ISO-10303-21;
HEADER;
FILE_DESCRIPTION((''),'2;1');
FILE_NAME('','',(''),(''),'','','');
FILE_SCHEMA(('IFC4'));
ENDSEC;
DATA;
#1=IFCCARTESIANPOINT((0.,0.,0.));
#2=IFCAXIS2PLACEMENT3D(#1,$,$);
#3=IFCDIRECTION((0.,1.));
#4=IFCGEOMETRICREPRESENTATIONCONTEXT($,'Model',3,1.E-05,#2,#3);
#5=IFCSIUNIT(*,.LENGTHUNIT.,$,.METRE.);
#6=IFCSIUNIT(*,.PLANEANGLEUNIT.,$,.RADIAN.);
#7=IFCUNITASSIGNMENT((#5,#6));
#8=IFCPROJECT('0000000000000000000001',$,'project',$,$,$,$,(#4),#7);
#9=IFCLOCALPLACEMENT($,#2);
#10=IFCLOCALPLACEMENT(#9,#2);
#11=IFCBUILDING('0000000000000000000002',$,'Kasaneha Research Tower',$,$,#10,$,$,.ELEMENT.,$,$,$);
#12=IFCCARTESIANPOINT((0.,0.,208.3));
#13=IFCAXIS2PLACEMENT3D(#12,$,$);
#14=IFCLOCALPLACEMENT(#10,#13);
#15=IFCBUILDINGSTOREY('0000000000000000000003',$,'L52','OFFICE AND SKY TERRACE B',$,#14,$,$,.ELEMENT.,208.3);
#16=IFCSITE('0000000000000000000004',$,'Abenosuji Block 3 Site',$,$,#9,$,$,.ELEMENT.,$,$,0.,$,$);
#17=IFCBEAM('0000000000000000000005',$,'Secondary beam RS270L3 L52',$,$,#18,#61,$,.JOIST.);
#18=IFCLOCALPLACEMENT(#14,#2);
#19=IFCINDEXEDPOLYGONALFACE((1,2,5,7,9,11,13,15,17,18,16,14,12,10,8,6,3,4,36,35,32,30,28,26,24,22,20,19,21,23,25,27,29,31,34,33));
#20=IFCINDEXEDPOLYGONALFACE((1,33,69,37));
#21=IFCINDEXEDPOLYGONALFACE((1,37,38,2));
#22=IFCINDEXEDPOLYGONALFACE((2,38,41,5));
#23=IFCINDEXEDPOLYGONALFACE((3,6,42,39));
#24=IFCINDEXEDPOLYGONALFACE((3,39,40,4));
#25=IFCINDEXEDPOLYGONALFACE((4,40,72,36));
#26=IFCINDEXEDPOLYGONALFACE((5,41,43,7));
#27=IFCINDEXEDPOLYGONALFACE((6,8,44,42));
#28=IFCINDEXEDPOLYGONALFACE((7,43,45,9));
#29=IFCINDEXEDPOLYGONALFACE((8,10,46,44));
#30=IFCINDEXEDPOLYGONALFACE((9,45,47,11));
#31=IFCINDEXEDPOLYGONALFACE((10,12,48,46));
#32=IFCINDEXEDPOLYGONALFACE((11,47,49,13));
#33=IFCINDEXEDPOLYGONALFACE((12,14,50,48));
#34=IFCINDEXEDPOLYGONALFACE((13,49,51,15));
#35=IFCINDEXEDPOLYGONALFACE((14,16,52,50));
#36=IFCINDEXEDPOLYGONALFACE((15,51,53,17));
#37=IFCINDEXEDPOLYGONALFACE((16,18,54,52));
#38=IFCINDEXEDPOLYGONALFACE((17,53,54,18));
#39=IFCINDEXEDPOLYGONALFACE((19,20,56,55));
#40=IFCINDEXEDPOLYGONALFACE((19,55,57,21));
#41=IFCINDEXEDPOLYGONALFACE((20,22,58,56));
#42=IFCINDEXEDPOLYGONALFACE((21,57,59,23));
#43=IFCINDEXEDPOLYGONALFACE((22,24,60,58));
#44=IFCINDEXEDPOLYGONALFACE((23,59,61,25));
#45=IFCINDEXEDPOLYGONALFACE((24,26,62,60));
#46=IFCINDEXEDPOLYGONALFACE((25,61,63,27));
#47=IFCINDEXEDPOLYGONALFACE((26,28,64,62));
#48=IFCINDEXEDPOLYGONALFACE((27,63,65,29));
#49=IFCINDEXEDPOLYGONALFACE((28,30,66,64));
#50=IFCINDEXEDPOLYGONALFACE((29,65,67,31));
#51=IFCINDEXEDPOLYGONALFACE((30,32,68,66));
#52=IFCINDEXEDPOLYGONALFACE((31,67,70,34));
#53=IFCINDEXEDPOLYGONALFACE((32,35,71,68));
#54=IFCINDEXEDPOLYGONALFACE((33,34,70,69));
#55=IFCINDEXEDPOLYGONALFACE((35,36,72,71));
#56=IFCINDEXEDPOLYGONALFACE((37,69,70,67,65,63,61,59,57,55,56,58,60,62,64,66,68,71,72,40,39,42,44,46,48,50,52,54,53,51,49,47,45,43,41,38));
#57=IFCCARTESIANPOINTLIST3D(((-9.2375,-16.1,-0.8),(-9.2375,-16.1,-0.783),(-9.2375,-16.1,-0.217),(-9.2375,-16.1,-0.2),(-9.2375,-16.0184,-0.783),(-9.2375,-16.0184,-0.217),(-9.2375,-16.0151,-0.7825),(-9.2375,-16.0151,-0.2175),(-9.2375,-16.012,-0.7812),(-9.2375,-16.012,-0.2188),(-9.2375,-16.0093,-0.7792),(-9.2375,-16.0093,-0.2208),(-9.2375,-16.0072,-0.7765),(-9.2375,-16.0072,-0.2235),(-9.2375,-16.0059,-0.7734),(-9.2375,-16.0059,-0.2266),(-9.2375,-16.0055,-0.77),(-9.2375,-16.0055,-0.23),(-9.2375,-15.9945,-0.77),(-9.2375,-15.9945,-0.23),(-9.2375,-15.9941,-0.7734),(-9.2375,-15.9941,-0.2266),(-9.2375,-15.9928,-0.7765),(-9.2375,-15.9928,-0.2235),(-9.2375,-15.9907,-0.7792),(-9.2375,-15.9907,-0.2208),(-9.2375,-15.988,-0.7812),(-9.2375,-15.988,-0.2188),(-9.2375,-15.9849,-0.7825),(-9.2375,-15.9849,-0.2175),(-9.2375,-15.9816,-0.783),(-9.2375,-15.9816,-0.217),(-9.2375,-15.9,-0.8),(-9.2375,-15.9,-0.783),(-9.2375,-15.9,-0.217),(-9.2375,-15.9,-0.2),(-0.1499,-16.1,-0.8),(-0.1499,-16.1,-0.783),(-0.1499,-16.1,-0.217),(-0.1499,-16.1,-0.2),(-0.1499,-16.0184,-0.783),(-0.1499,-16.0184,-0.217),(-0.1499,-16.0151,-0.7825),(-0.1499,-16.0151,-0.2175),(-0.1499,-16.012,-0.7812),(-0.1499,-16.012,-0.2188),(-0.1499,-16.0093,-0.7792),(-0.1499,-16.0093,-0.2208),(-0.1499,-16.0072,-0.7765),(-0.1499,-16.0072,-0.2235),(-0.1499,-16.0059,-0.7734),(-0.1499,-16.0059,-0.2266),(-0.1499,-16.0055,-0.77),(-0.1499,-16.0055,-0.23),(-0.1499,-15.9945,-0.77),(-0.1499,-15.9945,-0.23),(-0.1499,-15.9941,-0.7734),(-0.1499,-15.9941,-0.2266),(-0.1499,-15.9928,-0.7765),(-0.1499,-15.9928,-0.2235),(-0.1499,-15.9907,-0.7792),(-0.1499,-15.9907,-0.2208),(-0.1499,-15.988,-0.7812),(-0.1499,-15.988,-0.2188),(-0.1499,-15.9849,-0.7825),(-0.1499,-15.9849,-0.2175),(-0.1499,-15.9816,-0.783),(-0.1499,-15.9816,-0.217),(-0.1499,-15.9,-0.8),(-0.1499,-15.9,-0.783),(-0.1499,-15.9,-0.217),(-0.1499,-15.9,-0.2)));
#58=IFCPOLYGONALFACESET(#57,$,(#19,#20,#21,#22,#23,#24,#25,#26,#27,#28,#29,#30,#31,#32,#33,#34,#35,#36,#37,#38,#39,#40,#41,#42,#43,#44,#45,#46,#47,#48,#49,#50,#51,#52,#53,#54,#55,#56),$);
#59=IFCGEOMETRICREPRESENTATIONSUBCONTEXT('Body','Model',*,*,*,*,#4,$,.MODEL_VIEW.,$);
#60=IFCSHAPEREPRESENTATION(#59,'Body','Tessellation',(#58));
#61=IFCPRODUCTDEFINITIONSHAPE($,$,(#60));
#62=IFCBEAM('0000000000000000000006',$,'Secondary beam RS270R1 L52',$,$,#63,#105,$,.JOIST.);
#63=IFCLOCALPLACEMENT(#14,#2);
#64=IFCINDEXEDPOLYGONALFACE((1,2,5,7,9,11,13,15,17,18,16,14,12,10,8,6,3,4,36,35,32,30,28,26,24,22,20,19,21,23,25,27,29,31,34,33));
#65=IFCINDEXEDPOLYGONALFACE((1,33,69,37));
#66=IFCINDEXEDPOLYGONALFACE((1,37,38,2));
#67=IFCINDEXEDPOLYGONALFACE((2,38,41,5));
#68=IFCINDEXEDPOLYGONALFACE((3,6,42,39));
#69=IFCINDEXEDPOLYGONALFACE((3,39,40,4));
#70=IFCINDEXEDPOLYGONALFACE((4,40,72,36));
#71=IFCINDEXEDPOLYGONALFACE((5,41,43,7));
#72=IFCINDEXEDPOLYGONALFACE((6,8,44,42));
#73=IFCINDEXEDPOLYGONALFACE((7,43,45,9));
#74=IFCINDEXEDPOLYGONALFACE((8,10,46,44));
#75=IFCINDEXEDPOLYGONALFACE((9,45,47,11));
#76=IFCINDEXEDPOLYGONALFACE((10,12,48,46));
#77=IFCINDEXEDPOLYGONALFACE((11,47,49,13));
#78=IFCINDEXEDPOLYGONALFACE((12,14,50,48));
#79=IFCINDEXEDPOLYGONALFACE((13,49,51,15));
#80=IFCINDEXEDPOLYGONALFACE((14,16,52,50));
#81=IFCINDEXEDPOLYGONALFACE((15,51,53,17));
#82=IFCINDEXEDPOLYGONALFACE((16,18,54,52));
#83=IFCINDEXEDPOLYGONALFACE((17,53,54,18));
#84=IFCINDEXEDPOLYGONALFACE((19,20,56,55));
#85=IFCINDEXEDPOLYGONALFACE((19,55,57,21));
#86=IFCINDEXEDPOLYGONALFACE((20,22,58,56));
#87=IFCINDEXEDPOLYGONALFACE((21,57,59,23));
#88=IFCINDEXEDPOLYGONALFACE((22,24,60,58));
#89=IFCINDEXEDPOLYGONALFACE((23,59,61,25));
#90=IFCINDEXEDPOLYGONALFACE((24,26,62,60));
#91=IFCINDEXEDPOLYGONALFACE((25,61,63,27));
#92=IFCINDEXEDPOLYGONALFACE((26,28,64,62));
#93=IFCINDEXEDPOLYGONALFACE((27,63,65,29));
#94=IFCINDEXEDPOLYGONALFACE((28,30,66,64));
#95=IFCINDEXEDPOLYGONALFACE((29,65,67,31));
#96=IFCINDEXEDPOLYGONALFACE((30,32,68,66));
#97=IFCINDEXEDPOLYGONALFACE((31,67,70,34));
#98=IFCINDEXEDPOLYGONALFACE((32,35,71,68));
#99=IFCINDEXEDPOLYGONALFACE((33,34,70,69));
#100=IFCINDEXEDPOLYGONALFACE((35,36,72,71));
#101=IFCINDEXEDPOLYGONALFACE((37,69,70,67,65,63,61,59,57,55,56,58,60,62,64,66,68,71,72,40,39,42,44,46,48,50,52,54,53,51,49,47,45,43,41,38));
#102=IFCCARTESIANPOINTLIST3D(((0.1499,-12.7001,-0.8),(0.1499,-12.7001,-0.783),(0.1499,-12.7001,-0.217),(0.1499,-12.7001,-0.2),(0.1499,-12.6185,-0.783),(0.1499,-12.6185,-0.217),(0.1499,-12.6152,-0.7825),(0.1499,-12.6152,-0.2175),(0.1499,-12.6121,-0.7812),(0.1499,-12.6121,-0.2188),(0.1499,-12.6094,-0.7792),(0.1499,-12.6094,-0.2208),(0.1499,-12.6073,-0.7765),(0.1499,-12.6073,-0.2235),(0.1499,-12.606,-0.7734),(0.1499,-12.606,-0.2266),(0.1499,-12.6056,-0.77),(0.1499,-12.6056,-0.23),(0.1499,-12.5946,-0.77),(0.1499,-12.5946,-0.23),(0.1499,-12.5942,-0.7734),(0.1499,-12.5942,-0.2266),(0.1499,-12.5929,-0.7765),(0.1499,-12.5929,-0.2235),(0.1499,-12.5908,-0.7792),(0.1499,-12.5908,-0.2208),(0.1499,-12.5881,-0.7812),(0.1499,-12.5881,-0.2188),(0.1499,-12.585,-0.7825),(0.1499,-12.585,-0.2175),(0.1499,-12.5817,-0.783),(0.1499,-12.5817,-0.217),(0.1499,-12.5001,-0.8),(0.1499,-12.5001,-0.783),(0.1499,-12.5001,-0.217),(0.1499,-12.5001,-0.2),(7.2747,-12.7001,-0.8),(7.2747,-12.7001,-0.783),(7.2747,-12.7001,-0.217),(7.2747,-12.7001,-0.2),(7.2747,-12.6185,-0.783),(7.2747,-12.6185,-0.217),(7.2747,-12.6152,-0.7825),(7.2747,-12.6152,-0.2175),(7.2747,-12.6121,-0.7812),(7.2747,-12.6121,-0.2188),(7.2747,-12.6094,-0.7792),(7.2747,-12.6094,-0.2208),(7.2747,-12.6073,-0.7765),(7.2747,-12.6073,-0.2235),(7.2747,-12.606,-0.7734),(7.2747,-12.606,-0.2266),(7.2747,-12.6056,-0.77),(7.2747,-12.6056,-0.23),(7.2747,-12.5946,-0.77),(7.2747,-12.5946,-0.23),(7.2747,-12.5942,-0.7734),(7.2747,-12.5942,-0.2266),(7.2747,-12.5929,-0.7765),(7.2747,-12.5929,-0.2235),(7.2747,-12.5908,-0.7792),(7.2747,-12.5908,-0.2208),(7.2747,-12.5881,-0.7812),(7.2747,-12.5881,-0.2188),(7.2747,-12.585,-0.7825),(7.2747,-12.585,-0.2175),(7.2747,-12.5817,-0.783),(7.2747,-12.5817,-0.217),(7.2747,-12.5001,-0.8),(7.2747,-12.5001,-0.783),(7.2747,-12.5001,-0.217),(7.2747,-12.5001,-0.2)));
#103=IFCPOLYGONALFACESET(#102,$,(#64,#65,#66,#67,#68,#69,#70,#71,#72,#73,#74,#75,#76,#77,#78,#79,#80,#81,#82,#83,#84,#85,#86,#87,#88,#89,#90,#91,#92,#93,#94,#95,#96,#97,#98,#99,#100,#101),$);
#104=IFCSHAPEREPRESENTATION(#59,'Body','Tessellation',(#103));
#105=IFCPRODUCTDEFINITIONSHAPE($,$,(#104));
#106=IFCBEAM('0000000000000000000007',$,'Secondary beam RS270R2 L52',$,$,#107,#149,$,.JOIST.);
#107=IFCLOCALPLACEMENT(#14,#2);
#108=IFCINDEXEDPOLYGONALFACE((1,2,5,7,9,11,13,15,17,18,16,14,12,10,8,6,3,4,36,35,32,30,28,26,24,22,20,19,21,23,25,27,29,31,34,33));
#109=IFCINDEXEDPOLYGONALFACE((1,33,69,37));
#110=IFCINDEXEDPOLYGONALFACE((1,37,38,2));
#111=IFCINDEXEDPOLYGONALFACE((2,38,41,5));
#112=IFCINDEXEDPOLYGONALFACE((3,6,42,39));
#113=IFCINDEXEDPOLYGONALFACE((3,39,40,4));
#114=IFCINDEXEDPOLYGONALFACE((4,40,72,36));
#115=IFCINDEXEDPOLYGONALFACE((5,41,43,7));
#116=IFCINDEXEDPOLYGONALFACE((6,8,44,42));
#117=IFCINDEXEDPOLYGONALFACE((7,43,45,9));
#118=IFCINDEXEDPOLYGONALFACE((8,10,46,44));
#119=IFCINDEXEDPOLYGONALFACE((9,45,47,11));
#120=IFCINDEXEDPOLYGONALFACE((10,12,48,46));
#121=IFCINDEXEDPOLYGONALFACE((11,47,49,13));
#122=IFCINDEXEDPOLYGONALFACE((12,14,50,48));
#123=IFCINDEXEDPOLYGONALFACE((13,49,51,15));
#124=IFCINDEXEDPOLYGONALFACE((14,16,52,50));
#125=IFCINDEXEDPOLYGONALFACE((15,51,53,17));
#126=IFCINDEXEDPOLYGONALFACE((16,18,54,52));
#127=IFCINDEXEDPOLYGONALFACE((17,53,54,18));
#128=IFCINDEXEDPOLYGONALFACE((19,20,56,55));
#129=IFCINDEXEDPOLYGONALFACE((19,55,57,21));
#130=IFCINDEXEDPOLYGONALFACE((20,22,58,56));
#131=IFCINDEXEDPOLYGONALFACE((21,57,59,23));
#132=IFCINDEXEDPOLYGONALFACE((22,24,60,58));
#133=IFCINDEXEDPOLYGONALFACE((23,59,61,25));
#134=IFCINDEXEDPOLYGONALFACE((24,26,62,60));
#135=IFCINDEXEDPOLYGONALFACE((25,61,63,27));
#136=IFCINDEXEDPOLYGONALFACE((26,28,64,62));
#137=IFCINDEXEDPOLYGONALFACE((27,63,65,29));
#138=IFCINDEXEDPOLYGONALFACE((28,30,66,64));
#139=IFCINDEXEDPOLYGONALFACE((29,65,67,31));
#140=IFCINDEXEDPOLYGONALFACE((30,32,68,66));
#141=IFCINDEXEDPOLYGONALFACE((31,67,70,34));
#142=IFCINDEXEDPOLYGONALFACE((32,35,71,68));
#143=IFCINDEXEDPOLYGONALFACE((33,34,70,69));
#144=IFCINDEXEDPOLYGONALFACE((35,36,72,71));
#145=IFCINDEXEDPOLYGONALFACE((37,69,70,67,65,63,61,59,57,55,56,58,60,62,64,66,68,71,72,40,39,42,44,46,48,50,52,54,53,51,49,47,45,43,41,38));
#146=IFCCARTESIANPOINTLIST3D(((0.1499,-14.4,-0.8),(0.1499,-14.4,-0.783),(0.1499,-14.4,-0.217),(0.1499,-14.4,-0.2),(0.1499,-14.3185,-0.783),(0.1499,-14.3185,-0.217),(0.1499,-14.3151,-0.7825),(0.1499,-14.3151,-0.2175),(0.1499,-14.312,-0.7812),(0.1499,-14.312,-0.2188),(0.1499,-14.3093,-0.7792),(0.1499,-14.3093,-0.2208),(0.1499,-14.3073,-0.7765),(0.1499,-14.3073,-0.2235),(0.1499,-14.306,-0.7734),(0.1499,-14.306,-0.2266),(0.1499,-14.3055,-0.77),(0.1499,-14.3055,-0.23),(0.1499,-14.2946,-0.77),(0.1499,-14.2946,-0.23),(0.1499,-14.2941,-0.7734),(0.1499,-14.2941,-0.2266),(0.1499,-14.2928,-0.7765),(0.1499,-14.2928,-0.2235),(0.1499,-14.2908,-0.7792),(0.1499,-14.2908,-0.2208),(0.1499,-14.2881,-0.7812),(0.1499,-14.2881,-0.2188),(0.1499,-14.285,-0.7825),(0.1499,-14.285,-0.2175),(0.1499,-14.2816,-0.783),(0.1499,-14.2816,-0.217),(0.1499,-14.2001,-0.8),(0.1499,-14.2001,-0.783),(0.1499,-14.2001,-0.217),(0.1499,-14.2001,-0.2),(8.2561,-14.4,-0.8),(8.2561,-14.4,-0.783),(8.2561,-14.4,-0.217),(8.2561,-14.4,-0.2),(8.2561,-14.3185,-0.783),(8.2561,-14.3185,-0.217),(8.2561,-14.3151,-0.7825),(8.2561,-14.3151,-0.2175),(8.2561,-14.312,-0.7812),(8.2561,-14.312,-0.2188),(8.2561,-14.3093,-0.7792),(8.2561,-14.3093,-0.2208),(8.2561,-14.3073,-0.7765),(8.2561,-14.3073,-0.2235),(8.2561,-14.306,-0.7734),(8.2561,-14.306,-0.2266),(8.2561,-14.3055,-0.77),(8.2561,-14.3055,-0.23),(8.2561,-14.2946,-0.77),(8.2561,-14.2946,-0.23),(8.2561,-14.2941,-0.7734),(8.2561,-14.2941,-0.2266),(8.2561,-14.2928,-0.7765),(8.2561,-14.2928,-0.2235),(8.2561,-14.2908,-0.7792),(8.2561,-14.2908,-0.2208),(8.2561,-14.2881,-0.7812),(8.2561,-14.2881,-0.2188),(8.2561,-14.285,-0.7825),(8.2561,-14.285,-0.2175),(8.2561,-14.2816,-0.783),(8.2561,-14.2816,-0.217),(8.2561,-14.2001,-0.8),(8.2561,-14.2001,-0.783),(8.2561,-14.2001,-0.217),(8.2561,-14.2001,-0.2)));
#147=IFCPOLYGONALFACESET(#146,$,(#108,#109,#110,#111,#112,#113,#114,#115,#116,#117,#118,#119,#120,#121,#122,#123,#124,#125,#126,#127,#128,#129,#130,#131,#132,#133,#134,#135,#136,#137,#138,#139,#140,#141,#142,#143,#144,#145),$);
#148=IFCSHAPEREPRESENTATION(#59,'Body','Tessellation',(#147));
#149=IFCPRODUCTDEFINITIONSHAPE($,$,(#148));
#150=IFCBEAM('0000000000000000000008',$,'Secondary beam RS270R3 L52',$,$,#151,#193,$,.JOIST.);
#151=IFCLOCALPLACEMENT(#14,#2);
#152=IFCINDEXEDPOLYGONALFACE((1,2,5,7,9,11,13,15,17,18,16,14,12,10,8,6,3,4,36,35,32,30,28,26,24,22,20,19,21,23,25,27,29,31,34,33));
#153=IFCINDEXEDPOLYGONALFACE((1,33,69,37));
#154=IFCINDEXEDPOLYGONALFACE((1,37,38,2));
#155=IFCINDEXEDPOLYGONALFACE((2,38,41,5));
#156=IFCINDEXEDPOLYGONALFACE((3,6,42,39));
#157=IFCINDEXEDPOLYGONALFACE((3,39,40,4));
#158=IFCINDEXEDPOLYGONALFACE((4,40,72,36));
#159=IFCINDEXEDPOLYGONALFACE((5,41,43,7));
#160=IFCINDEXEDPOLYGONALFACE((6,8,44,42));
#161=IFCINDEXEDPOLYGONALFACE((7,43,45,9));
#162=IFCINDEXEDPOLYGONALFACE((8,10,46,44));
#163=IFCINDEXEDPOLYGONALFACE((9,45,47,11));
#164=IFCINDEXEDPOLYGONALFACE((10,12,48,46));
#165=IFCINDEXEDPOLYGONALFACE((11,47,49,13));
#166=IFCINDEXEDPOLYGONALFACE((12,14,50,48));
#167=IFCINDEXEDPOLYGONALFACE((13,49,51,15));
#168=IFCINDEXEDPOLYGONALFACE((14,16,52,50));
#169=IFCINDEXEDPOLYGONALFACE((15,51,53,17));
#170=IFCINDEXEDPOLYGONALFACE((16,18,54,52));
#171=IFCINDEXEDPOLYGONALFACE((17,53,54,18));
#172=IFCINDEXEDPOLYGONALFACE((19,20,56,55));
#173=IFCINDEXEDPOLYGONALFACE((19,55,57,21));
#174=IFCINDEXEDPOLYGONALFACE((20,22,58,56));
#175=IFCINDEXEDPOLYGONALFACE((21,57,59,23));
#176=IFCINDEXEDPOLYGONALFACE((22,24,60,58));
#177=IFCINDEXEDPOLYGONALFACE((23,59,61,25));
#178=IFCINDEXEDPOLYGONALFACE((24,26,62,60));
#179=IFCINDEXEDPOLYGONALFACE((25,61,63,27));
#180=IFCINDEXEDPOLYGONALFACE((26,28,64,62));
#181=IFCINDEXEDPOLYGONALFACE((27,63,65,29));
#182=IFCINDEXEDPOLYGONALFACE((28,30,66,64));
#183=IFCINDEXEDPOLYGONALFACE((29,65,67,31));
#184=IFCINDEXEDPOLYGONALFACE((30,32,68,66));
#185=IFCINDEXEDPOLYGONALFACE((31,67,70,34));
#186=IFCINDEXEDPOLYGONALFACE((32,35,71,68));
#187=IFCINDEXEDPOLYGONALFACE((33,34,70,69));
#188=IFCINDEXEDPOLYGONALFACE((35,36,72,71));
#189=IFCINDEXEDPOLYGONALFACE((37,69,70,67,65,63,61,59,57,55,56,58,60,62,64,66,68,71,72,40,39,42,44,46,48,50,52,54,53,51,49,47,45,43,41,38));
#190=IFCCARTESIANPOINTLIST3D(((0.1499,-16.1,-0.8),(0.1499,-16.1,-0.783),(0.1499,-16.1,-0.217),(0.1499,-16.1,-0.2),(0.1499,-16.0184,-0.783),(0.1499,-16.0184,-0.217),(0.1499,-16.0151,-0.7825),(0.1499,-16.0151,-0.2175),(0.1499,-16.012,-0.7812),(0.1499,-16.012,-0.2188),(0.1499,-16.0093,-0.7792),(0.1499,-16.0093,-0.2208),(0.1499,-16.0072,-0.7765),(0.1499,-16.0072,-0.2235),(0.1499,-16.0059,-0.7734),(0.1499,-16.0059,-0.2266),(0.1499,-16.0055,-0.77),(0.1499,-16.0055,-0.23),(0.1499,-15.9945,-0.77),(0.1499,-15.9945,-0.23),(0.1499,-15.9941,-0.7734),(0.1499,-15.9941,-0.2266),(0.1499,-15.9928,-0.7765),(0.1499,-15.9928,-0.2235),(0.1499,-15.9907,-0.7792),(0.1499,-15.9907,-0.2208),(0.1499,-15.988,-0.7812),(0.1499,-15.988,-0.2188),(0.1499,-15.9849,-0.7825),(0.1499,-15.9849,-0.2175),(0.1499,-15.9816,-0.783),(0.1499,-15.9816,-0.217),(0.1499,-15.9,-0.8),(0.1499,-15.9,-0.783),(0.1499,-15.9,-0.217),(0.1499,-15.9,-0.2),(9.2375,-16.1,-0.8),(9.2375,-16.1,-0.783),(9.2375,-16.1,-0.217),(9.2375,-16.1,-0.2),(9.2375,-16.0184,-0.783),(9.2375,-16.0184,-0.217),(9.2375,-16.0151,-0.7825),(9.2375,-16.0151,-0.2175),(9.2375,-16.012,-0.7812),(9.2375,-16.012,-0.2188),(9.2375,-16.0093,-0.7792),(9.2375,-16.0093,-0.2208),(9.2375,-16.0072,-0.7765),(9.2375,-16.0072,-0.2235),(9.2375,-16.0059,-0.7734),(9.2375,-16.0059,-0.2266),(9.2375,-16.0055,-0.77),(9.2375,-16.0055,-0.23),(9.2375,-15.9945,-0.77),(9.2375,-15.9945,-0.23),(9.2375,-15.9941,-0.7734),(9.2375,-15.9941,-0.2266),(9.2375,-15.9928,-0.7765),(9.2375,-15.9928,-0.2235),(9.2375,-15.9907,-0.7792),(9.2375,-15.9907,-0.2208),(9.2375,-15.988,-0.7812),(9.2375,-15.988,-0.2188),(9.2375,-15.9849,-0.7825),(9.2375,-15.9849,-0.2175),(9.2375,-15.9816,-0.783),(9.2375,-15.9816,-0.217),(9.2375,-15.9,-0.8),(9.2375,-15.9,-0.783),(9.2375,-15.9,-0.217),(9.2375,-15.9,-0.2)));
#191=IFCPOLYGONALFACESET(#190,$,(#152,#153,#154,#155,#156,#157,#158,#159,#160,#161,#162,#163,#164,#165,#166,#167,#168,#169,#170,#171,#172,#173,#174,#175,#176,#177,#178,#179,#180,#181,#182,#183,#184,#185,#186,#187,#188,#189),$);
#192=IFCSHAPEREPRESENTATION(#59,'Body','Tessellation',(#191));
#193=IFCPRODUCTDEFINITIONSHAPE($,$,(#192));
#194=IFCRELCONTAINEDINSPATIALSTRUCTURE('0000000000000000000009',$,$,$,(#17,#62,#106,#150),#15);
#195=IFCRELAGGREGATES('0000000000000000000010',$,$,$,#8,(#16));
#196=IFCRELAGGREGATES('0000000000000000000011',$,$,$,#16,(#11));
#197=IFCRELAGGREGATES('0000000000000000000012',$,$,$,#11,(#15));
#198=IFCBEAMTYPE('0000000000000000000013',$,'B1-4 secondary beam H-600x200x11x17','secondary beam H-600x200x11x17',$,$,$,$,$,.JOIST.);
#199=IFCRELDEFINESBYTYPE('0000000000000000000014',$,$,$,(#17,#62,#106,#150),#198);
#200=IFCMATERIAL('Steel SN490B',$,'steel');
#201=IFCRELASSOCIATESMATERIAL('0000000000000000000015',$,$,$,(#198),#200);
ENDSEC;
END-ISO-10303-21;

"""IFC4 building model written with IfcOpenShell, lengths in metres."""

from ifc_helpers import new_model, si_unit, direction, frame, origin, origin_2d, place, context, subcontext, project, spatial, i_section, extrude, material, material_profile, profile_set, type_object, element, save


model = new_model("IFC4")

# Units and contexts
model_context = context("Model", 3, precision=1e-05, world=origin(), true_north=direction((0.0, 1.0)))
body_context = subcontext(model_context, "Body", "Model", "MODEL_VIEW")
ifc_project = project(units=[si_unit("LENGTHUNIT", "METRE"), si_unit("PLANEANGLEUNIT", "RADIAN")], contexts=[model_context])

# Site, building, storey
site_placement = place(None, origin())
site = spatial("IfcSite", under=ifc_project, at=site_placement, Name="Abenosuji Block 3 Site", CompositionType="ELEMENT", RefElevation=0.0)
building_placement = place(site_placement, origin())
building = spatial("IfcBuilding", under=site, at=building_placement, Name="Kasaneha Research Tower", CompositionType="ELEMENT")
storey_placement = place(building_placement, frame((0.0, 0.0, 208.3)))
storey = spatial("IfcBuildingStorey", under=building, at=storey_placement, Name="L52", Description="OFFICE AND SKY TERRACE B", CompositionType="ELEMENT", Elevation=208.3)

# Beams
ifc_material = material(Name="Steel SN490B", Category="steel")
ifc_material_profile = material_profile(ifc_material, i_section(OverallWidth=0.2, OverallDepth=0.6001, WebThickness=0.011, FlangeThickness=0.0171, FilletRadius=0.0129, at=origin_2d()), Name="H-600x200x11x17")
ifc_profile_set = profile_set([ifc_material_profile], Name="Steel SN490B")
beam_type = type_object("IfcBeamType", Name="B1-4 secondary beam H-600x200x11x17", Description="secondary beam H-600x200x11x17", PredefinedType="JOIST", material=ifc_profile_set)
beam_1_placement = place(storey_placement, frame((-9.2375, -16.0, -0.5), z_axis=(1.0, 0.0, 0.0), x_axis=(0.0, 1.0, 0.0)))
element("IfcBeam", 1, at=beam_1_placement, inside=storey, type_object=beam_type, Name="Secondary beam RS270L3 L52", PredefinedType="JOIST", context=body_context, shape_type="SweptSolid", body=[
    extrude(i_section(OverallWidth=0.2, OverallDepth=0.6001, WebThickness=0.011, FlangeThickness=0.0171, FilletRadius=0.0129, at=origin_2d()), origin(), (0.0, 0.0, 1.0), 9.0876),
])
beam_2_placement = place(storey_placement, frame((7.2747, -12.6001, -0.5), z_axis=(-1.0, 0.0, 0.0), x_axis=(0.0, -1.0, 0.0)))
element("IfcBeam", 2, at=beam_2_placement, inside=storey, type_object=beam_type, Name="Secondary beam RS270R1 L52", PredefinedType="JOIST", context=body_context, shape_type="SweptSolid", body=[
    extrude(i_section(OverallWidth=0.2, OverallDepth=0.6001, WebThickness=0.011, FlangeThickness=0.0171, FilletRadius=0.0129, at=origin_2d()), origin(), (0.0, 0.0, 1.0), 7.1248),
])
beam_3_placement = place(storey_placement, frame((8.2561, -14.3, -0.5), z_axis=(-1.0, 0.0, 0.0), x_axis=(0.0, -1.0, 0.0)))
element("IfcBeam", 3, at=beam_3_placement, inside=storey, type_object=beam_type, Name="Secondary beam RS270R2 L52", PredefinedType="JOIST", context=body_context, shape_type="SweptSolid", body=[
    extrude(i_section(OverallWidth=0.2, OverallDepth=0.6001, WebThickness=0.011, FlangeThickness=0.0171, FilletRadius=0.0129, at=origin_2d()), origin(), (0.0, 0.0, 1.0), 8.1062),
])
beam_4_placement = place(storey_placement, frame((9.2375, -16.0, -0.5), z_axis=(-1.0, 0.0, 0.0), x_axis=(0.0, -1.0, 0.0)))
element("IfcBeam", 4, at=beam_4_placement, inside=storey, type_object=beam_type, Name="Secondary beam RS270R3 L52", PredefinedType="JOIST", context=body_context, shape_type="SweptSolid", body=[
    extrude(i_section(OverallWidth=0.2, OverallDepth=0.6001, WebThickness=0.011, FlangeThickness=0.0171, FilletRadius=0.0129, at=origin_2d()), origin(), (0.0, 0.0, 1.0), 9.0876),
])

save(model, "model.ifc")
